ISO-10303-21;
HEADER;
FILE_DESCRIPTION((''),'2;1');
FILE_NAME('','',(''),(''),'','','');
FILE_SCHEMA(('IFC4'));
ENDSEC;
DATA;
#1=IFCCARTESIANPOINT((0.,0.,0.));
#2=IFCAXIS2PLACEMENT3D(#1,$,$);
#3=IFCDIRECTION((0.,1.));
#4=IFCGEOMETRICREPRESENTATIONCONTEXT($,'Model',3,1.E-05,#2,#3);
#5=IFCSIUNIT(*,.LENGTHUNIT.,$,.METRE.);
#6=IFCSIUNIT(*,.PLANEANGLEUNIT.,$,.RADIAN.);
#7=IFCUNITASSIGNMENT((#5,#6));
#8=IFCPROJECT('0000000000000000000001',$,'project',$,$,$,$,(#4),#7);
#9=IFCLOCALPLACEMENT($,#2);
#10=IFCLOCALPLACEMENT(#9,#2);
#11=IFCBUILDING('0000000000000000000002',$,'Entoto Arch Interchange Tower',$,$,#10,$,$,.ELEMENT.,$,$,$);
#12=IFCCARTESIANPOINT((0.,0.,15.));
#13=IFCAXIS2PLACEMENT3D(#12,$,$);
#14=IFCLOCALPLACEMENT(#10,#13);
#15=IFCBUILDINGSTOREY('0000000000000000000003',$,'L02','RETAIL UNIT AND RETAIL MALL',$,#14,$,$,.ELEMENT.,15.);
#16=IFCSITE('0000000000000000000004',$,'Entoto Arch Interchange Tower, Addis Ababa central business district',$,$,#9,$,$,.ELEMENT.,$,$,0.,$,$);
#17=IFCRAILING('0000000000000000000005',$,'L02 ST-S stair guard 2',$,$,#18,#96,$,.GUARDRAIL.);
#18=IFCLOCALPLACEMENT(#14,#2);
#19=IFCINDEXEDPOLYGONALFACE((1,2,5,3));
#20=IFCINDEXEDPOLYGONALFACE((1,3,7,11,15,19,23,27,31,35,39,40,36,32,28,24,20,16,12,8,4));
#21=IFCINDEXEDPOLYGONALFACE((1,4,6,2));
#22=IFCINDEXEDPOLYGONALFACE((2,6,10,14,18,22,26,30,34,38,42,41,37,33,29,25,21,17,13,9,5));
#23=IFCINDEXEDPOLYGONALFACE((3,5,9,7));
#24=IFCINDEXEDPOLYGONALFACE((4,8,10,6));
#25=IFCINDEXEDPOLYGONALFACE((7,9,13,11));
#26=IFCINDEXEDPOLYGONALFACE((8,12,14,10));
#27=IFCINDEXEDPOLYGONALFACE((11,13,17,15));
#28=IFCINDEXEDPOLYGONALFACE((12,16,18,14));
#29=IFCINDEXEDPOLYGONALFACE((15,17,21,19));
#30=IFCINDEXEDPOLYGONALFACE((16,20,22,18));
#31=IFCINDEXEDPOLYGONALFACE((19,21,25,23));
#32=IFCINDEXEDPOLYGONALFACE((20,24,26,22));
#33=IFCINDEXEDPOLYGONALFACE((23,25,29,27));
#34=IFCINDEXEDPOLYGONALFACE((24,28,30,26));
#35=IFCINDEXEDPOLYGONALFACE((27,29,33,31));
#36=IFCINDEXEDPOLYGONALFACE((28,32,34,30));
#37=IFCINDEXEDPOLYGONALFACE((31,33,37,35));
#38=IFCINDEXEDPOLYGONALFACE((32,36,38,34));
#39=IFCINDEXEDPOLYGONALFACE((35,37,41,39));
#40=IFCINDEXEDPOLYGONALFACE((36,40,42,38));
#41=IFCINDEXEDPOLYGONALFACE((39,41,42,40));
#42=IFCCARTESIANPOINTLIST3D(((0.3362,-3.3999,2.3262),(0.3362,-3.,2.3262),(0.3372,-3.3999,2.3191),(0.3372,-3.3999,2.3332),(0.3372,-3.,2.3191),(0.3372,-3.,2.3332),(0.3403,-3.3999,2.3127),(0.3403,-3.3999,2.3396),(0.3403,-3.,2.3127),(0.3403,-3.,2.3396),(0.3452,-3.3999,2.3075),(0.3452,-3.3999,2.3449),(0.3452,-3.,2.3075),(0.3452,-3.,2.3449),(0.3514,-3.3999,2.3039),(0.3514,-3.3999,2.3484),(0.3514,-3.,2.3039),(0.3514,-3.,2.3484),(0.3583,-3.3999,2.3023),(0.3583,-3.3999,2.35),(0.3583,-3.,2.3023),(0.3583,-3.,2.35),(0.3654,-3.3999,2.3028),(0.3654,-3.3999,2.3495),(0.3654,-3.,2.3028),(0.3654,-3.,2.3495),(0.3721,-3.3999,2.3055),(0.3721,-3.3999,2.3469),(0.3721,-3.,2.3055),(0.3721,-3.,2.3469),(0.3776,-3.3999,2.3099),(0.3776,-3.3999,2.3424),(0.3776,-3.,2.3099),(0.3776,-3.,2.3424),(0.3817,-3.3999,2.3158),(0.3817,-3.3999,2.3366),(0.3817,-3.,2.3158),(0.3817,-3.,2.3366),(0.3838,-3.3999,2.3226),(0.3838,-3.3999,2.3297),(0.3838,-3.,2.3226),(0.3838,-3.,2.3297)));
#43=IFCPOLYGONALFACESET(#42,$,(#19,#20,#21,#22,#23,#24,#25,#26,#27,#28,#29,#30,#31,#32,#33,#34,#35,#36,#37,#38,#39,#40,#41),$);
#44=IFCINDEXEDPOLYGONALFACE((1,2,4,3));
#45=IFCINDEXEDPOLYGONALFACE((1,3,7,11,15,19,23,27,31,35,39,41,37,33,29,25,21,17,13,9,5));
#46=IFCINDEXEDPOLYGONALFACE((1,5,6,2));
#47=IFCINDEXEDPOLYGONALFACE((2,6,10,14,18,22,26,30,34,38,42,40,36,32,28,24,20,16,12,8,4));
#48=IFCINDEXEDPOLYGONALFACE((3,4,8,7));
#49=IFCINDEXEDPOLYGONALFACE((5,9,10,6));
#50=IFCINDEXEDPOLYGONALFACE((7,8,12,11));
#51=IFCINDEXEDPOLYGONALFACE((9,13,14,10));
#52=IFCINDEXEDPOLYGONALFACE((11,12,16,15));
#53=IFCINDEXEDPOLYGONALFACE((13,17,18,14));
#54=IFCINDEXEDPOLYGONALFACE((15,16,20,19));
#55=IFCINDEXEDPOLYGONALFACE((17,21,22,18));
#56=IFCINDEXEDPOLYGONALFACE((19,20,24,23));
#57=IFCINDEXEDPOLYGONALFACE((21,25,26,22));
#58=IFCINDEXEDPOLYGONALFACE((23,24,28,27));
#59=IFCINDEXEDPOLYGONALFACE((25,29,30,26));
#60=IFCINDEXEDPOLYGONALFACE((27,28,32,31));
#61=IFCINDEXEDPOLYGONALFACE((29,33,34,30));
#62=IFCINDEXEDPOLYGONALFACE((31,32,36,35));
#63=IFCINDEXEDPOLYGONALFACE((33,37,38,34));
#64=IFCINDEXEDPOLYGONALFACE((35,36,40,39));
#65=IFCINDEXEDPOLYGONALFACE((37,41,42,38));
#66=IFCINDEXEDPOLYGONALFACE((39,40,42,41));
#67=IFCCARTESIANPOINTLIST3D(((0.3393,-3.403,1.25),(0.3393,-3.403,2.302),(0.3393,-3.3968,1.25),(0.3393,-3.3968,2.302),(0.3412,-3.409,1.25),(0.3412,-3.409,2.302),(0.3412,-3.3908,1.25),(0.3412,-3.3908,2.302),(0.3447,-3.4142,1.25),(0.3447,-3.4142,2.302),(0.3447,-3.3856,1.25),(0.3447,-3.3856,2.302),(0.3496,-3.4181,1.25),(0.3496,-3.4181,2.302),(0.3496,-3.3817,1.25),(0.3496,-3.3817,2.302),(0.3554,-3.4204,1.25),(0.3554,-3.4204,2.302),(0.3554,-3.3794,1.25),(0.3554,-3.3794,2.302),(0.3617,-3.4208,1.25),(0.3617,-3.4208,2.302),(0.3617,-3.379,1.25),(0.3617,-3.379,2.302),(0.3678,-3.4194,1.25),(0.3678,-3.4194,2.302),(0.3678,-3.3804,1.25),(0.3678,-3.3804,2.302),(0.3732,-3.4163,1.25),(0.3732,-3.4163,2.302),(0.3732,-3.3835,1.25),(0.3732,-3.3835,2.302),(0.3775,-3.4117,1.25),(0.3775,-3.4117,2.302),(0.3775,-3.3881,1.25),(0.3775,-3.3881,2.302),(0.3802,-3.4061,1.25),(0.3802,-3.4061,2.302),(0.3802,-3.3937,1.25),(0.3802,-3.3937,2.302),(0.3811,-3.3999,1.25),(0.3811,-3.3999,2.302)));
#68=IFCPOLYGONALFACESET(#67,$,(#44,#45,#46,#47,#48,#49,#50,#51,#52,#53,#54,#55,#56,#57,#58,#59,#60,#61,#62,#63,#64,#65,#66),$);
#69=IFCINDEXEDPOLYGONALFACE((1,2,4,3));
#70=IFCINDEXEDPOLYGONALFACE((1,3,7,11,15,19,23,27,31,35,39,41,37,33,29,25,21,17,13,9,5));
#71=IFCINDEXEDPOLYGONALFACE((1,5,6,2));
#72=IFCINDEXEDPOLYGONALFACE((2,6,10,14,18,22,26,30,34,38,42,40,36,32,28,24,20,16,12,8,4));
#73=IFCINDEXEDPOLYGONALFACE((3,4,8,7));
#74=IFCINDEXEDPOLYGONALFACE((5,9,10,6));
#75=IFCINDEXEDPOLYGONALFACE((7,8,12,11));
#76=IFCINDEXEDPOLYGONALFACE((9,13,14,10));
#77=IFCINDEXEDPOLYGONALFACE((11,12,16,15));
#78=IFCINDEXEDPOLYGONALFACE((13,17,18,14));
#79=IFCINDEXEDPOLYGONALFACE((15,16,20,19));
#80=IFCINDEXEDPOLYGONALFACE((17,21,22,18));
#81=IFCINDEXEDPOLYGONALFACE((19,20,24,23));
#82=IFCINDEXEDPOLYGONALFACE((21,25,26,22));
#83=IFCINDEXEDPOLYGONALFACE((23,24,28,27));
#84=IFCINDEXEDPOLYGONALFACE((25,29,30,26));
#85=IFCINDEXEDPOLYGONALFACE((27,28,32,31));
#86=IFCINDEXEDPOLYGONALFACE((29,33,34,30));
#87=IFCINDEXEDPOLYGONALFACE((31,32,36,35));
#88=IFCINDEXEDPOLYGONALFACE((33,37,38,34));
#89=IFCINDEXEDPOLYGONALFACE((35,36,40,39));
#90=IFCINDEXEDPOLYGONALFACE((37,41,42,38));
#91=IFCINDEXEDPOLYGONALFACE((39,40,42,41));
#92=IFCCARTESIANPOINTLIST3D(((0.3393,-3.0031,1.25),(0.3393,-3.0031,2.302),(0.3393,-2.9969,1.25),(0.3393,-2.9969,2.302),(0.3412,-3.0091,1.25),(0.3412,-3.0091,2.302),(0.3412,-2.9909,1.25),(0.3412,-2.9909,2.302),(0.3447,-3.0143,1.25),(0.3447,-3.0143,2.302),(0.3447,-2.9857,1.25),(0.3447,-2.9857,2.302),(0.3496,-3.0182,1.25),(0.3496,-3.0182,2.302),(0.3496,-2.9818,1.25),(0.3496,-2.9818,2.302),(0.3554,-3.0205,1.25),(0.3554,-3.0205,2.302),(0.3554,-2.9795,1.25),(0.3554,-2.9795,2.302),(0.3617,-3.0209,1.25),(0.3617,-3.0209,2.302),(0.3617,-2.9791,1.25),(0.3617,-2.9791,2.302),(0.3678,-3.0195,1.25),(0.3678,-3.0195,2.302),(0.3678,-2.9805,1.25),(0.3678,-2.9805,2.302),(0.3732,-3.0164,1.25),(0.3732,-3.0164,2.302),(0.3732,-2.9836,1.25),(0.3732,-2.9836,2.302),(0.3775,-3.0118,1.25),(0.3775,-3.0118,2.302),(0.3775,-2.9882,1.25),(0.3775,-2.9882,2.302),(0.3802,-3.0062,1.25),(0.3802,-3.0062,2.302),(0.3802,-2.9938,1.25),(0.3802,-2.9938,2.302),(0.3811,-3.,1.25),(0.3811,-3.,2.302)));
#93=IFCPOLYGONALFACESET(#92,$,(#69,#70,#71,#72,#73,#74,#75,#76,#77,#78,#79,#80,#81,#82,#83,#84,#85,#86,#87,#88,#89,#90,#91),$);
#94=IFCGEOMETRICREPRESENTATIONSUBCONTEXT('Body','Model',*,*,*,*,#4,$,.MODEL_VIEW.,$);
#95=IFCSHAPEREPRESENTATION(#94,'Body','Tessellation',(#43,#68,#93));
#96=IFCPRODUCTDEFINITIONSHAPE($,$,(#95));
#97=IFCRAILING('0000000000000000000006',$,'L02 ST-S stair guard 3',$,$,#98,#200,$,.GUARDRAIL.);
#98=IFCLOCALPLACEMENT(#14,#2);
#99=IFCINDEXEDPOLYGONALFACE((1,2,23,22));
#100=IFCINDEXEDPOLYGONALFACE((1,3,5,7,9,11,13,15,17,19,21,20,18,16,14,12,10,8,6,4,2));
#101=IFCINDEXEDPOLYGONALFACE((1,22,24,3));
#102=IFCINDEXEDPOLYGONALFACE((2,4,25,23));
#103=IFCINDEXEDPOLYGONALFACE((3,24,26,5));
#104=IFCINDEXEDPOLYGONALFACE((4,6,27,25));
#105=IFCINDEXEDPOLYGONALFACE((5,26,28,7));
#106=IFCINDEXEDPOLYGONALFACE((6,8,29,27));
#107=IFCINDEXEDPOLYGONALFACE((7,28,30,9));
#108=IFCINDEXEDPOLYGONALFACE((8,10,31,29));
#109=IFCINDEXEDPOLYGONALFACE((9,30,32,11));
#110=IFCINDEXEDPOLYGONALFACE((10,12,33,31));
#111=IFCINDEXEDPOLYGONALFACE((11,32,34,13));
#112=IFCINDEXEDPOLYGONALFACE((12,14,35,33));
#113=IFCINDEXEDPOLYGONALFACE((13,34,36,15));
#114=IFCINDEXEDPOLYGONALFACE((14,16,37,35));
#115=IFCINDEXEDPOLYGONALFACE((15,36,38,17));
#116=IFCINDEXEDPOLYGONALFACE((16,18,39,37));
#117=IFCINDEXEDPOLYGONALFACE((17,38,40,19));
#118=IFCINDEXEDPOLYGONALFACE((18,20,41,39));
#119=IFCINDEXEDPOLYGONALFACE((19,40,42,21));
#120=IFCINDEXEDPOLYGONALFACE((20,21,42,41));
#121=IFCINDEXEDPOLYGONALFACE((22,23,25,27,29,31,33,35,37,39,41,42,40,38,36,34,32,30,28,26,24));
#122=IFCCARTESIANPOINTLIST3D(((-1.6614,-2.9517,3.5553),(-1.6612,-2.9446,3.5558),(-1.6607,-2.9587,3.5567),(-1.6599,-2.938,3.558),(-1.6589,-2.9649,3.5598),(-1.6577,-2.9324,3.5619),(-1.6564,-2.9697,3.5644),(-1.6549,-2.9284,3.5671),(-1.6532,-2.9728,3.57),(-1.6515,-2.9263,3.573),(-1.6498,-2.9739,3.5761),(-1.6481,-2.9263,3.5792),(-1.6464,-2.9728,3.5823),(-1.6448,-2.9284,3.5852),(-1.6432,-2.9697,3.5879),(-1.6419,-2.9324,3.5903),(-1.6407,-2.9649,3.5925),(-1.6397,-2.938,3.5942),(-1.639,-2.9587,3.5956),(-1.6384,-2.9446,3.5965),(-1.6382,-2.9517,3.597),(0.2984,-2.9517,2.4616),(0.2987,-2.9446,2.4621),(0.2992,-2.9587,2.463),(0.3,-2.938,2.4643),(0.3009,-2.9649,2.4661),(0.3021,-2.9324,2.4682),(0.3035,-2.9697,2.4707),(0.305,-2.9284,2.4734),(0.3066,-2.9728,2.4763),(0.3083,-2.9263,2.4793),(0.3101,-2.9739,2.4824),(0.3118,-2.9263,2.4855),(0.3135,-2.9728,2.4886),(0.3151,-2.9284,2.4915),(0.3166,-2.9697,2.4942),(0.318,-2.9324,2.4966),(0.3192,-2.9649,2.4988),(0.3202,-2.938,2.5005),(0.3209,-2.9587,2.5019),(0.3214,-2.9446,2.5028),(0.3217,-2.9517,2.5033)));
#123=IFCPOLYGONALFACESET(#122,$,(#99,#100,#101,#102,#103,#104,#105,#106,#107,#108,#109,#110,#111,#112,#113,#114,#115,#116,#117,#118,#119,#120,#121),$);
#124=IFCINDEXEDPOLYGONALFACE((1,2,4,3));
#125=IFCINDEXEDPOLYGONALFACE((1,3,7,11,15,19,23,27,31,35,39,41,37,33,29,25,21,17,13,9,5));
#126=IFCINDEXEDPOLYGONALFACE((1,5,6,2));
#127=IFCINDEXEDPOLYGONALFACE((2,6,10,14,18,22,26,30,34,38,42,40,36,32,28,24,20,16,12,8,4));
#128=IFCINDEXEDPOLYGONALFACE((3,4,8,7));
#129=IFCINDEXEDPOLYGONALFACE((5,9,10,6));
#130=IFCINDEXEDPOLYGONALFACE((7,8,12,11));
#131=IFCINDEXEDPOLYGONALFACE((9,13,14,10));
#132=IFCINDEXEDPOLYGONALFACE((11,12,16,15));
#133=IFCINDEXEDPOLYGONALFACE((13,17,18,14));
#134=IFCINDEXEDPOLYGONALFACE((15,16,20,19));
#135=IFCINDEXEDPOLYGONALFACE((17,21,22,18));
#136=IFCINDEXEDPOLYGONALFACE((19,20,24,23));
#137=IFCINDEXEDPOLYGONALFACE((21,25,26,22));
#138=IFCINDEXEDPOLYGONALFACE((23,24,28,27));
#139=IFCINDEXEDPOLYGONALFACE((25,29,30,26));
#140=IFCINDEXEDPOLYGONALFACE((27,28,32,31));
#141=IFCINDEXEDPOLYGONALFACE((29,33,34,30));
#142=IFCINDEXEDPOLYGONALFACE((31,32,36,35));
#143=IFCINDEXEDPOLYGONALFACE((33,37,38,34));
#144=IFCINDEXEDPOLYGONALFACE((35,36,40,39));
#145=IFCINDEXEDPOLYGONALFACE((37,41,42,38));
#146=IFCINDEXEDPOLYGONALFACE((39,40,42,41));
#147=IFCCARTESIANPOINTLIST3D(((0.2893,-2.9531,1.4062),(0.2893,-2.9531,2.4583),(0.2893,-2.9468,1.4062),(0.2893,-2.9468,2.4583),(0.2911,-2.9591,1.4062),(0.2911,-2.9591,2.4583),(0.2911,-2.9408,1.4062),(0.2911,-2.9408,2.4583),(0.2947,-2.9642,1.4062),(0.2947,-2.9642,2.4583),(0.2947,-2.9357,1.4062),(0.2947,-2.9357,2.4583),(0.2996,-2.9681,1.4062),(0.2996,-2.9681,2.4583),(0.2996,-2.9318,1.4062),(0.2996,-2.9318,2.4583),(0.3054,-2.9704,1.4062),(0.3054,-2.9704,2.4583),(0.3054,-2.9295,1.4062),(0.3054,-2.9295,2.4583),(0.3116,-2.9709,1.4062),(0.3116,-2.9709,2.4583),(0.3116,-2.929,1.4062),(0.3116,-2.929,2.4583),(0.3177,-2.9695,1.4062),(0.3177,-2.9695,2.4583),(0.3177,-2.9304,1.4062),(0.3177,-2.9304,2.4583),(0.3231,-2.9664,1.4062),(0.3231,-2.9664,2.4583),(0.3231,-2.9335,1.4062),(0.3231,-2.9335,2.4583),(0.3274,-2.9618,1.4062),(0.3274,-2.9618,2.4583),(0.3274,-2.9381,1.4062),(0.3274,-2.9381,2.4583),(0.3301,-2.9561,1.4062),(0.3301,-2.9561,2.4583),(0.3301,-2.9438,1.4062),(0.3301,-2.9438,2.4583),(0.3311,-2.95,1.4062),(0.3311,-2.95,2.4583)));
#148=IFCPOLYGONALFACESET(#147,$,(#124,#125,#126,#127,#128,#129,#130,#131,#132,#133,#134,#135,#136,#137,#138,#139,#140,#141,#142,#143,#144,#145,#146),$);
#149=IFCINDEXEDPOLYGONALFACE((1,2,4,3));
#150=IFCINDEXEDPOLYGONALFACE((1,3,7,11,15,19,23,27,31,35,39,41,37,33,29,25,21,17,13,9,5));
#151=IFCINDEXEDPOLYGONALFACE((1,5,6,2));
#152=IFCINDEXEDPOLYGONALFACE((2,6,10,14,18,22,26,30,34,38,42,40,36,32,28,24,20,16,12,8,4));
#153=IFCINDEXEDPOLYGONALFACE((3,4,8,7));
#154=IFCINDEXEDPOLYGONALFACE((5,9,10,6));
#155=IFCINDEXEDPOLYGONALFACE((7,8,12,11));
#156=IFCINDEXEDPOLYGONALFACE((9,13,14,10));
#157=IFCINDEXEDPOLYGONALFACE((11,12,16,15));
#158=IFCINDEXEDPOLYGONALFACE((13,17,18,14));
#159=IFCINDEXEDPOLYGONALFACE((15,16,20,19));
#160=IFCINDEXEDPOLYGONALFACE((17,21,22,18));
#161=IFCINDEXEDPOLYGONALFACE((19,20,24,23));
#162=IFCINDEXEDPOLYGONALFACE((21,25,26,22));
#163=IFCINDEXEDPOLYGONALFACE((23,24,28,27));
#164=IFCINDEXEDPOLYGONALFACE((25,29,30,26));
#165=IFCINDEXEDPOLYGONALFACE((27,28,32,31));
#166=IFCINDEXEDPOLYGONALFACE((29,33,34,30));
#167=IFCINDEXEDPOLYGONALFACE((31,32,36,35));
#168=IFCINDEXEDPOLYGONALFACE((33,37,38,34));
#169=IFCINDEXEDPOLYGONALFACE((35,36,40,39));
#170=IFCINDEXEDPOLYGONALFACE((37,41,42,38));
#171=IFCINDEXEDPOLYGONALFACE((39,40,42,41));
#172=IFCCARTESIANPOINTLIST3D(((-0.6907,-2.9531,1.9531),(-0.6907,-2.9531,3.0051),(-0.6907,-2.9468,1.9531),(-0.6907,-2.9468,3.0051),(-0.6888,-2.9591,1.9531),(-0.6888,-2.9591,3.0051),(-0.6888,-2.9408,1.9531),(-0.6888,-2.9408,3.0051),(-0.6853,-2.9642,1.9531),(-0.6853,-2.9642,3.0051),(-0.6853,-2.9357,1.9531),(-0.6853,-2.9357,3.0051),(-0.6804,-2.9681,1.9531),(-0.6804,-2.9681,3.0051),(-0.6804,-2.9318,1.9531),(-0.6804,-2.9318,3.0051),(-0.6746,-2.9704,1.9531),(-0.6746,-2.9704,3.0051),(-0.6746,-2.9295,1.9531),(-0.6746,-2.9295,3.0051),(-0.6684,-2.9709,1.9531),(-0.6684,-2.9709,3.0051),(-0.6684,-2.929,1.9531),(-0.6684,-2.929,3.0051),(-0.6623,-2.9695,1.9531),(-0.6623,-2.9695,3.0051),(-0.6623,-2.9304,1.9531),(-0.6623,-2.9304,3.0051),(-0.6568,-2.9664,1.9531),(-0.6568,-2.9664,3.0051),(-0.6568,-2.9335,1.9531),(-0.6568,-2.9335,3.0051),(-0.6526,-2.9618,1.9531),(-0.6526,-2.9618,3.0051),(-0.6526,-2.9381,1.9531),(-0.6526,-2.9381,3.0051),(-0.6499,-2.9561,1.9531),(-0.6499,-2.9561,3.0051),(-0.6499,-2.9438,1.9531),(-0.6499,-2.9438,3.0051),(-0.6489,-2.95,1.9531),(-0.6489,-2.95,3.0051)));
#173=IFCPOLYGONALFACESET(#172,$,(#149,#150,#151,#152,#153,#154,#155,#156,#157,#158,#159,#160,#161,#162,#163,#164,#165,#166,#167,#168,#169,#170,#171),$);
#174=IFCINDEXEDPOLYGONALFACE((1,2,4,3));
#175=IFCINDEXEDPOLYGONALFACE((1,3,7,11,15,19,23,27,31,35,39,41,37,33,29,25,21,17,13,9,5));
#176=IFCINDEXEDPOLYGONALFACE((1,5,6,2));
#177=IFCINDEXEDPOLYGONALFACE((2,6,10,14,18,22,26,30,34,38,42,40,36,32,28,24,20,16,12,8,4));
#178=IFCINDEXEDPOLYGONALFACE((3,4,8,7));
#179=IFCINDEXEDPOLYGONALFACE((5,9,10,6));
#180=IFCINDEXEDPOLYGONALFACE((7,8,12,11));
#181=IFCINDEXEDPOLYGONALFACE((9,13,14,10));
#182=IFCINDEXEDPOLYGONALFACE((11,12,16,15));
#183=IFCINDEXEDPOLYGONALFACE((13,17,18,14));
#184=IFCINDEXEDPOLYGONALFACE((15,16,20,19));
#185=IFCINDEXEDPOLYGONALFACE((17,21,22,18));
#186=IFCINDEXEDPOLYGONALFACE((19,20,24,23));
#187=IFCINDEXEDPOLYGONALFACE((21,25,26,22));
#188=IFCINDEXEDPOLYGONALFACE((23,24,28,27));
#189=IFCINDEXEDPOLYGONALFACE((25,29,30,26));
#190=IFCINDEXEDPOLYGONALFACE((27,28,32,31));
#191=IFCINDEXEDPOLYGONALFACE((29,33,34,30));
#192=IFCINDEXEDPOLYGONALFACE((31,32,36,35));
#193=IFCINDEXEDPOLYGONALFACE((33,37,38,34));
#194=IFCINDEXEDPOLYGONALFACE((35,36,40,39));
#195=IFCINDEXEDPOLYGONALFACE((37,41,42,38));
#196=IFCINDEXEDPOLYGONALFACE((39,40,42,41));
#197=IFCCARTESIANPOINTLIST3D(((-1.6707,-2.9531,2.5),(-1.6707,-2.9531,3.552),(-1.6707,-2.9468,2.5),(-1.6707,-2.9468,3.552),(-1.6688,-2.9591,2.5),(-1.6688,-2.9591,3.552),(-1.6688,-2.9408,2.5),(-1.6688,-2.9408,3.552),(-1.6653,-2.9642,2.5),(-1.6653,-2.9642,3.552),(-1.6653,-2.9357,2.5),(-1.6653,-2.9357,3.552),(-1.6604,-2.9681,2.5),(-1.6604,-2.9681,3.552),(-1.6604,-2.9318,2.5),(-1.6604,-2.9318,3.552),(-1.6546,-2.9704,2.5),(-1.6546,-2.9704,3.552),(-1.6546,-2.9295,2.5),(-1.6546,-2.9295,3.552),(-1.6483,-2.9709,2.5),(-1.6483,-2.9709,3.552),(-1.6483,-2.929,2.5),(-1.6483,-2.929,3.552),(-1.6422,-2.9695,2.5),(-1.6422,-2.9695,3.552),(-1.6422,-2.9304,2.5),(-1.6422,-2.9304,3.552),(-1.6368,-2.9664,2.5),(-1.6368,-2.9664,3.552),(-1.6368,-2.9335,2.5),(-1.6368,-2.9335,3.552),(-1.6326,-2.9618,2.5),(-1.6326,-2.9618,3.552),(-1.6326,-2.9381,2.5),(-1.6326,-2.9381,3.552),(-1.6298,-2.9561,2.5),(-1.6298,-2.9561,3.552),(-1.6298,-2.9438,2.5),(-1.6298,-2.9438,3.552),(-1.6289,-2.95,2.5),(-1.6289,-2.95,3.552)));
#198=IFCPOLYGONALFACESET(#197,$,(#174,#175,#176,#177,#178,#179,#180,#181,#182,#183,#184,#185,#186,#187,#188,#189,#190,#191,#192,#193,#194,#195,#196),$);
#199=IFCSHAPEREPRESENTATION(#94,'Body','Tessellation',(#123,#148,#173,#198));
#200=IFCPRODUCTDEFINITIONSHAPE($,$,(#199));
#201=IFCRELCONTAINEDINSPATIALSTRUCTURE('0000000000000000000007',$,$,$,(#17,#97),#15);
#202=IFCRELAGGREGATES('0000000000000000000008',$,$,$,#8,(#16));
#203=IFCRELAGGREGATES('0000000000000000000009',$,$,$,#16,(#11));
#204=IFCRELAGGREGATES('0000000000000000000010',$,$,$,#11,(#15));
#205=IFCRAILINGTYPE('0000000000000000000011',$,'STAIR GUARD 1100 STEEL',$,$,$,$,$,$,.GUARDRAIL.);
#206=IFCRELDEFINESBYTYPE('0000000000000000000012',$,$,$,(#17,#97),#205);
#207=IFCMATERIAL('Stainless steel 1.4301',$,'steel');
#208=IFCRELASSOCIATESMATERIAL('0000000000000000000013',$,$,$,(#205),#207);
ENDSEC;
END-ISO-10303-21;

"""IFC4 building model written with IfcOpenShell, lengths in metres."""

from ifc_helpers import new_model, si_unit, direction, frame, origin, origin_2d, place, context, subcontext, project, spatial, circle, extrude, material, type_object, element, save


model = new_model("IFC4")

# Units and contexts
model_context = context("Model", 3, precision=1e-05, world=origin(), true_north=direction((0.0, 1.0)))
body_context = subcontext(model_context, "Body", "Model", "MODEL_VIEW")
ifc_project = project(units=[si_unit("LENGTHUNIT", "METRE"), si_unit("PLANEANGLEUNIT", "RADIAN")], contexts=[model_context])

# Site, building, storey
site_placement = place(None, origin())
site = spatial("IfcSite", under=ifc_project, at=site_placement, Name="Entoto Arch Interchange Tower, Addis Ababa central business district", CompositionType="ELEMENT", RefElevation=0.0)
building_placement = place(site_placement, origin())
building = spatial("IfcBuilding", under=site, at=building_placement, Name="Entoto Arch Interchange Tower", CompositionType="ELEMENT")
storey_placement = place(building_placement, frame((0.0, 0.0, 15.0)))
storey = spatial("IfcBuildingStorey", under=building, at=storey_placement, Name="L02", Description="RETAIL UNIT AND RETAIL MALL", CompositionType="ELEMENT", Elevation=15.0)

# Railings
ifc_material_1 = material(Name="Stainless steel 1.4301", Category="steel")
railing_type = type_object("IfcRailingType", Name="STAIR GUARD 1100 STEEL", PredefinedType="GUARDRAIL", material=ifc_material_1)
railing_1_placement = place(storey_placement, frame((0.3601, -3.3999, 1.25)))
element("IfcRailing", 1, at=railing_1_placement, inside=storey, type_object=railing_type, Name="L02 ST-S stair guard 2", PredefinedType="GUARDRAIL", context=body_context, shape_type="SweptSolid", body=[
    extrude(circle(Radius=0.0239, at=origin_2d()), frame((0.0, 0.0, 1.0762), z_axis=(0.0, 1.0, 0.0), x_axis=(-1.0, 0.0, 0.0)), (0.0, 0.0, 1.0), 0.3999),
    extrude(circle(Radius=0.021, at=origin_2d()), origin(), (0.0, 0.0, 1.0), 1.052),
    extrude(circle(Radius=0.021, at=origin_2d()), frame((0.0, 0.3999, 0.0)), (0.0, 0.0, 1.0), 1.052),
])
railing_2_placement = place(storey_placement, frame((0.3101, -2.95, 1.4062)))
element("IfcRailing", 2, at=railing_2_placement, inside=storey, type_object=railing_type, Name="L02 ST-S stair guard 3", PredefinedType="GUARDRAIL", context=body_context, shape_type="SweptSolid", body=[
    extrude(circle(Radius=0.0239, at=origin_2d()), frame((0.0, 0.0, 1.0762), z_axis=(-0.873232, 0.0, 0.487304), x_axis=(0.0, -1.0, 0.0)), (0.0, 0.0, 1.0), 2.2444),
    extrude(circle(Radius=0.021, at=origin_2d()), origin(), (0.0, 0.0, 1.0), 1.052),
    extrude(circle(Radius=0.021, at=origin_2d()), frame((-0.98, 0.0, 0.5469)), (0.0, 0.0, 1.0), 1.052),
    extrude(circle(Radius=0.021, at=origin_2d()), frame((-1.96, 0.0, 1.0938)), (0.0, 0.0, 1.0), 1.052),
])

save(model, "model.ifc")
